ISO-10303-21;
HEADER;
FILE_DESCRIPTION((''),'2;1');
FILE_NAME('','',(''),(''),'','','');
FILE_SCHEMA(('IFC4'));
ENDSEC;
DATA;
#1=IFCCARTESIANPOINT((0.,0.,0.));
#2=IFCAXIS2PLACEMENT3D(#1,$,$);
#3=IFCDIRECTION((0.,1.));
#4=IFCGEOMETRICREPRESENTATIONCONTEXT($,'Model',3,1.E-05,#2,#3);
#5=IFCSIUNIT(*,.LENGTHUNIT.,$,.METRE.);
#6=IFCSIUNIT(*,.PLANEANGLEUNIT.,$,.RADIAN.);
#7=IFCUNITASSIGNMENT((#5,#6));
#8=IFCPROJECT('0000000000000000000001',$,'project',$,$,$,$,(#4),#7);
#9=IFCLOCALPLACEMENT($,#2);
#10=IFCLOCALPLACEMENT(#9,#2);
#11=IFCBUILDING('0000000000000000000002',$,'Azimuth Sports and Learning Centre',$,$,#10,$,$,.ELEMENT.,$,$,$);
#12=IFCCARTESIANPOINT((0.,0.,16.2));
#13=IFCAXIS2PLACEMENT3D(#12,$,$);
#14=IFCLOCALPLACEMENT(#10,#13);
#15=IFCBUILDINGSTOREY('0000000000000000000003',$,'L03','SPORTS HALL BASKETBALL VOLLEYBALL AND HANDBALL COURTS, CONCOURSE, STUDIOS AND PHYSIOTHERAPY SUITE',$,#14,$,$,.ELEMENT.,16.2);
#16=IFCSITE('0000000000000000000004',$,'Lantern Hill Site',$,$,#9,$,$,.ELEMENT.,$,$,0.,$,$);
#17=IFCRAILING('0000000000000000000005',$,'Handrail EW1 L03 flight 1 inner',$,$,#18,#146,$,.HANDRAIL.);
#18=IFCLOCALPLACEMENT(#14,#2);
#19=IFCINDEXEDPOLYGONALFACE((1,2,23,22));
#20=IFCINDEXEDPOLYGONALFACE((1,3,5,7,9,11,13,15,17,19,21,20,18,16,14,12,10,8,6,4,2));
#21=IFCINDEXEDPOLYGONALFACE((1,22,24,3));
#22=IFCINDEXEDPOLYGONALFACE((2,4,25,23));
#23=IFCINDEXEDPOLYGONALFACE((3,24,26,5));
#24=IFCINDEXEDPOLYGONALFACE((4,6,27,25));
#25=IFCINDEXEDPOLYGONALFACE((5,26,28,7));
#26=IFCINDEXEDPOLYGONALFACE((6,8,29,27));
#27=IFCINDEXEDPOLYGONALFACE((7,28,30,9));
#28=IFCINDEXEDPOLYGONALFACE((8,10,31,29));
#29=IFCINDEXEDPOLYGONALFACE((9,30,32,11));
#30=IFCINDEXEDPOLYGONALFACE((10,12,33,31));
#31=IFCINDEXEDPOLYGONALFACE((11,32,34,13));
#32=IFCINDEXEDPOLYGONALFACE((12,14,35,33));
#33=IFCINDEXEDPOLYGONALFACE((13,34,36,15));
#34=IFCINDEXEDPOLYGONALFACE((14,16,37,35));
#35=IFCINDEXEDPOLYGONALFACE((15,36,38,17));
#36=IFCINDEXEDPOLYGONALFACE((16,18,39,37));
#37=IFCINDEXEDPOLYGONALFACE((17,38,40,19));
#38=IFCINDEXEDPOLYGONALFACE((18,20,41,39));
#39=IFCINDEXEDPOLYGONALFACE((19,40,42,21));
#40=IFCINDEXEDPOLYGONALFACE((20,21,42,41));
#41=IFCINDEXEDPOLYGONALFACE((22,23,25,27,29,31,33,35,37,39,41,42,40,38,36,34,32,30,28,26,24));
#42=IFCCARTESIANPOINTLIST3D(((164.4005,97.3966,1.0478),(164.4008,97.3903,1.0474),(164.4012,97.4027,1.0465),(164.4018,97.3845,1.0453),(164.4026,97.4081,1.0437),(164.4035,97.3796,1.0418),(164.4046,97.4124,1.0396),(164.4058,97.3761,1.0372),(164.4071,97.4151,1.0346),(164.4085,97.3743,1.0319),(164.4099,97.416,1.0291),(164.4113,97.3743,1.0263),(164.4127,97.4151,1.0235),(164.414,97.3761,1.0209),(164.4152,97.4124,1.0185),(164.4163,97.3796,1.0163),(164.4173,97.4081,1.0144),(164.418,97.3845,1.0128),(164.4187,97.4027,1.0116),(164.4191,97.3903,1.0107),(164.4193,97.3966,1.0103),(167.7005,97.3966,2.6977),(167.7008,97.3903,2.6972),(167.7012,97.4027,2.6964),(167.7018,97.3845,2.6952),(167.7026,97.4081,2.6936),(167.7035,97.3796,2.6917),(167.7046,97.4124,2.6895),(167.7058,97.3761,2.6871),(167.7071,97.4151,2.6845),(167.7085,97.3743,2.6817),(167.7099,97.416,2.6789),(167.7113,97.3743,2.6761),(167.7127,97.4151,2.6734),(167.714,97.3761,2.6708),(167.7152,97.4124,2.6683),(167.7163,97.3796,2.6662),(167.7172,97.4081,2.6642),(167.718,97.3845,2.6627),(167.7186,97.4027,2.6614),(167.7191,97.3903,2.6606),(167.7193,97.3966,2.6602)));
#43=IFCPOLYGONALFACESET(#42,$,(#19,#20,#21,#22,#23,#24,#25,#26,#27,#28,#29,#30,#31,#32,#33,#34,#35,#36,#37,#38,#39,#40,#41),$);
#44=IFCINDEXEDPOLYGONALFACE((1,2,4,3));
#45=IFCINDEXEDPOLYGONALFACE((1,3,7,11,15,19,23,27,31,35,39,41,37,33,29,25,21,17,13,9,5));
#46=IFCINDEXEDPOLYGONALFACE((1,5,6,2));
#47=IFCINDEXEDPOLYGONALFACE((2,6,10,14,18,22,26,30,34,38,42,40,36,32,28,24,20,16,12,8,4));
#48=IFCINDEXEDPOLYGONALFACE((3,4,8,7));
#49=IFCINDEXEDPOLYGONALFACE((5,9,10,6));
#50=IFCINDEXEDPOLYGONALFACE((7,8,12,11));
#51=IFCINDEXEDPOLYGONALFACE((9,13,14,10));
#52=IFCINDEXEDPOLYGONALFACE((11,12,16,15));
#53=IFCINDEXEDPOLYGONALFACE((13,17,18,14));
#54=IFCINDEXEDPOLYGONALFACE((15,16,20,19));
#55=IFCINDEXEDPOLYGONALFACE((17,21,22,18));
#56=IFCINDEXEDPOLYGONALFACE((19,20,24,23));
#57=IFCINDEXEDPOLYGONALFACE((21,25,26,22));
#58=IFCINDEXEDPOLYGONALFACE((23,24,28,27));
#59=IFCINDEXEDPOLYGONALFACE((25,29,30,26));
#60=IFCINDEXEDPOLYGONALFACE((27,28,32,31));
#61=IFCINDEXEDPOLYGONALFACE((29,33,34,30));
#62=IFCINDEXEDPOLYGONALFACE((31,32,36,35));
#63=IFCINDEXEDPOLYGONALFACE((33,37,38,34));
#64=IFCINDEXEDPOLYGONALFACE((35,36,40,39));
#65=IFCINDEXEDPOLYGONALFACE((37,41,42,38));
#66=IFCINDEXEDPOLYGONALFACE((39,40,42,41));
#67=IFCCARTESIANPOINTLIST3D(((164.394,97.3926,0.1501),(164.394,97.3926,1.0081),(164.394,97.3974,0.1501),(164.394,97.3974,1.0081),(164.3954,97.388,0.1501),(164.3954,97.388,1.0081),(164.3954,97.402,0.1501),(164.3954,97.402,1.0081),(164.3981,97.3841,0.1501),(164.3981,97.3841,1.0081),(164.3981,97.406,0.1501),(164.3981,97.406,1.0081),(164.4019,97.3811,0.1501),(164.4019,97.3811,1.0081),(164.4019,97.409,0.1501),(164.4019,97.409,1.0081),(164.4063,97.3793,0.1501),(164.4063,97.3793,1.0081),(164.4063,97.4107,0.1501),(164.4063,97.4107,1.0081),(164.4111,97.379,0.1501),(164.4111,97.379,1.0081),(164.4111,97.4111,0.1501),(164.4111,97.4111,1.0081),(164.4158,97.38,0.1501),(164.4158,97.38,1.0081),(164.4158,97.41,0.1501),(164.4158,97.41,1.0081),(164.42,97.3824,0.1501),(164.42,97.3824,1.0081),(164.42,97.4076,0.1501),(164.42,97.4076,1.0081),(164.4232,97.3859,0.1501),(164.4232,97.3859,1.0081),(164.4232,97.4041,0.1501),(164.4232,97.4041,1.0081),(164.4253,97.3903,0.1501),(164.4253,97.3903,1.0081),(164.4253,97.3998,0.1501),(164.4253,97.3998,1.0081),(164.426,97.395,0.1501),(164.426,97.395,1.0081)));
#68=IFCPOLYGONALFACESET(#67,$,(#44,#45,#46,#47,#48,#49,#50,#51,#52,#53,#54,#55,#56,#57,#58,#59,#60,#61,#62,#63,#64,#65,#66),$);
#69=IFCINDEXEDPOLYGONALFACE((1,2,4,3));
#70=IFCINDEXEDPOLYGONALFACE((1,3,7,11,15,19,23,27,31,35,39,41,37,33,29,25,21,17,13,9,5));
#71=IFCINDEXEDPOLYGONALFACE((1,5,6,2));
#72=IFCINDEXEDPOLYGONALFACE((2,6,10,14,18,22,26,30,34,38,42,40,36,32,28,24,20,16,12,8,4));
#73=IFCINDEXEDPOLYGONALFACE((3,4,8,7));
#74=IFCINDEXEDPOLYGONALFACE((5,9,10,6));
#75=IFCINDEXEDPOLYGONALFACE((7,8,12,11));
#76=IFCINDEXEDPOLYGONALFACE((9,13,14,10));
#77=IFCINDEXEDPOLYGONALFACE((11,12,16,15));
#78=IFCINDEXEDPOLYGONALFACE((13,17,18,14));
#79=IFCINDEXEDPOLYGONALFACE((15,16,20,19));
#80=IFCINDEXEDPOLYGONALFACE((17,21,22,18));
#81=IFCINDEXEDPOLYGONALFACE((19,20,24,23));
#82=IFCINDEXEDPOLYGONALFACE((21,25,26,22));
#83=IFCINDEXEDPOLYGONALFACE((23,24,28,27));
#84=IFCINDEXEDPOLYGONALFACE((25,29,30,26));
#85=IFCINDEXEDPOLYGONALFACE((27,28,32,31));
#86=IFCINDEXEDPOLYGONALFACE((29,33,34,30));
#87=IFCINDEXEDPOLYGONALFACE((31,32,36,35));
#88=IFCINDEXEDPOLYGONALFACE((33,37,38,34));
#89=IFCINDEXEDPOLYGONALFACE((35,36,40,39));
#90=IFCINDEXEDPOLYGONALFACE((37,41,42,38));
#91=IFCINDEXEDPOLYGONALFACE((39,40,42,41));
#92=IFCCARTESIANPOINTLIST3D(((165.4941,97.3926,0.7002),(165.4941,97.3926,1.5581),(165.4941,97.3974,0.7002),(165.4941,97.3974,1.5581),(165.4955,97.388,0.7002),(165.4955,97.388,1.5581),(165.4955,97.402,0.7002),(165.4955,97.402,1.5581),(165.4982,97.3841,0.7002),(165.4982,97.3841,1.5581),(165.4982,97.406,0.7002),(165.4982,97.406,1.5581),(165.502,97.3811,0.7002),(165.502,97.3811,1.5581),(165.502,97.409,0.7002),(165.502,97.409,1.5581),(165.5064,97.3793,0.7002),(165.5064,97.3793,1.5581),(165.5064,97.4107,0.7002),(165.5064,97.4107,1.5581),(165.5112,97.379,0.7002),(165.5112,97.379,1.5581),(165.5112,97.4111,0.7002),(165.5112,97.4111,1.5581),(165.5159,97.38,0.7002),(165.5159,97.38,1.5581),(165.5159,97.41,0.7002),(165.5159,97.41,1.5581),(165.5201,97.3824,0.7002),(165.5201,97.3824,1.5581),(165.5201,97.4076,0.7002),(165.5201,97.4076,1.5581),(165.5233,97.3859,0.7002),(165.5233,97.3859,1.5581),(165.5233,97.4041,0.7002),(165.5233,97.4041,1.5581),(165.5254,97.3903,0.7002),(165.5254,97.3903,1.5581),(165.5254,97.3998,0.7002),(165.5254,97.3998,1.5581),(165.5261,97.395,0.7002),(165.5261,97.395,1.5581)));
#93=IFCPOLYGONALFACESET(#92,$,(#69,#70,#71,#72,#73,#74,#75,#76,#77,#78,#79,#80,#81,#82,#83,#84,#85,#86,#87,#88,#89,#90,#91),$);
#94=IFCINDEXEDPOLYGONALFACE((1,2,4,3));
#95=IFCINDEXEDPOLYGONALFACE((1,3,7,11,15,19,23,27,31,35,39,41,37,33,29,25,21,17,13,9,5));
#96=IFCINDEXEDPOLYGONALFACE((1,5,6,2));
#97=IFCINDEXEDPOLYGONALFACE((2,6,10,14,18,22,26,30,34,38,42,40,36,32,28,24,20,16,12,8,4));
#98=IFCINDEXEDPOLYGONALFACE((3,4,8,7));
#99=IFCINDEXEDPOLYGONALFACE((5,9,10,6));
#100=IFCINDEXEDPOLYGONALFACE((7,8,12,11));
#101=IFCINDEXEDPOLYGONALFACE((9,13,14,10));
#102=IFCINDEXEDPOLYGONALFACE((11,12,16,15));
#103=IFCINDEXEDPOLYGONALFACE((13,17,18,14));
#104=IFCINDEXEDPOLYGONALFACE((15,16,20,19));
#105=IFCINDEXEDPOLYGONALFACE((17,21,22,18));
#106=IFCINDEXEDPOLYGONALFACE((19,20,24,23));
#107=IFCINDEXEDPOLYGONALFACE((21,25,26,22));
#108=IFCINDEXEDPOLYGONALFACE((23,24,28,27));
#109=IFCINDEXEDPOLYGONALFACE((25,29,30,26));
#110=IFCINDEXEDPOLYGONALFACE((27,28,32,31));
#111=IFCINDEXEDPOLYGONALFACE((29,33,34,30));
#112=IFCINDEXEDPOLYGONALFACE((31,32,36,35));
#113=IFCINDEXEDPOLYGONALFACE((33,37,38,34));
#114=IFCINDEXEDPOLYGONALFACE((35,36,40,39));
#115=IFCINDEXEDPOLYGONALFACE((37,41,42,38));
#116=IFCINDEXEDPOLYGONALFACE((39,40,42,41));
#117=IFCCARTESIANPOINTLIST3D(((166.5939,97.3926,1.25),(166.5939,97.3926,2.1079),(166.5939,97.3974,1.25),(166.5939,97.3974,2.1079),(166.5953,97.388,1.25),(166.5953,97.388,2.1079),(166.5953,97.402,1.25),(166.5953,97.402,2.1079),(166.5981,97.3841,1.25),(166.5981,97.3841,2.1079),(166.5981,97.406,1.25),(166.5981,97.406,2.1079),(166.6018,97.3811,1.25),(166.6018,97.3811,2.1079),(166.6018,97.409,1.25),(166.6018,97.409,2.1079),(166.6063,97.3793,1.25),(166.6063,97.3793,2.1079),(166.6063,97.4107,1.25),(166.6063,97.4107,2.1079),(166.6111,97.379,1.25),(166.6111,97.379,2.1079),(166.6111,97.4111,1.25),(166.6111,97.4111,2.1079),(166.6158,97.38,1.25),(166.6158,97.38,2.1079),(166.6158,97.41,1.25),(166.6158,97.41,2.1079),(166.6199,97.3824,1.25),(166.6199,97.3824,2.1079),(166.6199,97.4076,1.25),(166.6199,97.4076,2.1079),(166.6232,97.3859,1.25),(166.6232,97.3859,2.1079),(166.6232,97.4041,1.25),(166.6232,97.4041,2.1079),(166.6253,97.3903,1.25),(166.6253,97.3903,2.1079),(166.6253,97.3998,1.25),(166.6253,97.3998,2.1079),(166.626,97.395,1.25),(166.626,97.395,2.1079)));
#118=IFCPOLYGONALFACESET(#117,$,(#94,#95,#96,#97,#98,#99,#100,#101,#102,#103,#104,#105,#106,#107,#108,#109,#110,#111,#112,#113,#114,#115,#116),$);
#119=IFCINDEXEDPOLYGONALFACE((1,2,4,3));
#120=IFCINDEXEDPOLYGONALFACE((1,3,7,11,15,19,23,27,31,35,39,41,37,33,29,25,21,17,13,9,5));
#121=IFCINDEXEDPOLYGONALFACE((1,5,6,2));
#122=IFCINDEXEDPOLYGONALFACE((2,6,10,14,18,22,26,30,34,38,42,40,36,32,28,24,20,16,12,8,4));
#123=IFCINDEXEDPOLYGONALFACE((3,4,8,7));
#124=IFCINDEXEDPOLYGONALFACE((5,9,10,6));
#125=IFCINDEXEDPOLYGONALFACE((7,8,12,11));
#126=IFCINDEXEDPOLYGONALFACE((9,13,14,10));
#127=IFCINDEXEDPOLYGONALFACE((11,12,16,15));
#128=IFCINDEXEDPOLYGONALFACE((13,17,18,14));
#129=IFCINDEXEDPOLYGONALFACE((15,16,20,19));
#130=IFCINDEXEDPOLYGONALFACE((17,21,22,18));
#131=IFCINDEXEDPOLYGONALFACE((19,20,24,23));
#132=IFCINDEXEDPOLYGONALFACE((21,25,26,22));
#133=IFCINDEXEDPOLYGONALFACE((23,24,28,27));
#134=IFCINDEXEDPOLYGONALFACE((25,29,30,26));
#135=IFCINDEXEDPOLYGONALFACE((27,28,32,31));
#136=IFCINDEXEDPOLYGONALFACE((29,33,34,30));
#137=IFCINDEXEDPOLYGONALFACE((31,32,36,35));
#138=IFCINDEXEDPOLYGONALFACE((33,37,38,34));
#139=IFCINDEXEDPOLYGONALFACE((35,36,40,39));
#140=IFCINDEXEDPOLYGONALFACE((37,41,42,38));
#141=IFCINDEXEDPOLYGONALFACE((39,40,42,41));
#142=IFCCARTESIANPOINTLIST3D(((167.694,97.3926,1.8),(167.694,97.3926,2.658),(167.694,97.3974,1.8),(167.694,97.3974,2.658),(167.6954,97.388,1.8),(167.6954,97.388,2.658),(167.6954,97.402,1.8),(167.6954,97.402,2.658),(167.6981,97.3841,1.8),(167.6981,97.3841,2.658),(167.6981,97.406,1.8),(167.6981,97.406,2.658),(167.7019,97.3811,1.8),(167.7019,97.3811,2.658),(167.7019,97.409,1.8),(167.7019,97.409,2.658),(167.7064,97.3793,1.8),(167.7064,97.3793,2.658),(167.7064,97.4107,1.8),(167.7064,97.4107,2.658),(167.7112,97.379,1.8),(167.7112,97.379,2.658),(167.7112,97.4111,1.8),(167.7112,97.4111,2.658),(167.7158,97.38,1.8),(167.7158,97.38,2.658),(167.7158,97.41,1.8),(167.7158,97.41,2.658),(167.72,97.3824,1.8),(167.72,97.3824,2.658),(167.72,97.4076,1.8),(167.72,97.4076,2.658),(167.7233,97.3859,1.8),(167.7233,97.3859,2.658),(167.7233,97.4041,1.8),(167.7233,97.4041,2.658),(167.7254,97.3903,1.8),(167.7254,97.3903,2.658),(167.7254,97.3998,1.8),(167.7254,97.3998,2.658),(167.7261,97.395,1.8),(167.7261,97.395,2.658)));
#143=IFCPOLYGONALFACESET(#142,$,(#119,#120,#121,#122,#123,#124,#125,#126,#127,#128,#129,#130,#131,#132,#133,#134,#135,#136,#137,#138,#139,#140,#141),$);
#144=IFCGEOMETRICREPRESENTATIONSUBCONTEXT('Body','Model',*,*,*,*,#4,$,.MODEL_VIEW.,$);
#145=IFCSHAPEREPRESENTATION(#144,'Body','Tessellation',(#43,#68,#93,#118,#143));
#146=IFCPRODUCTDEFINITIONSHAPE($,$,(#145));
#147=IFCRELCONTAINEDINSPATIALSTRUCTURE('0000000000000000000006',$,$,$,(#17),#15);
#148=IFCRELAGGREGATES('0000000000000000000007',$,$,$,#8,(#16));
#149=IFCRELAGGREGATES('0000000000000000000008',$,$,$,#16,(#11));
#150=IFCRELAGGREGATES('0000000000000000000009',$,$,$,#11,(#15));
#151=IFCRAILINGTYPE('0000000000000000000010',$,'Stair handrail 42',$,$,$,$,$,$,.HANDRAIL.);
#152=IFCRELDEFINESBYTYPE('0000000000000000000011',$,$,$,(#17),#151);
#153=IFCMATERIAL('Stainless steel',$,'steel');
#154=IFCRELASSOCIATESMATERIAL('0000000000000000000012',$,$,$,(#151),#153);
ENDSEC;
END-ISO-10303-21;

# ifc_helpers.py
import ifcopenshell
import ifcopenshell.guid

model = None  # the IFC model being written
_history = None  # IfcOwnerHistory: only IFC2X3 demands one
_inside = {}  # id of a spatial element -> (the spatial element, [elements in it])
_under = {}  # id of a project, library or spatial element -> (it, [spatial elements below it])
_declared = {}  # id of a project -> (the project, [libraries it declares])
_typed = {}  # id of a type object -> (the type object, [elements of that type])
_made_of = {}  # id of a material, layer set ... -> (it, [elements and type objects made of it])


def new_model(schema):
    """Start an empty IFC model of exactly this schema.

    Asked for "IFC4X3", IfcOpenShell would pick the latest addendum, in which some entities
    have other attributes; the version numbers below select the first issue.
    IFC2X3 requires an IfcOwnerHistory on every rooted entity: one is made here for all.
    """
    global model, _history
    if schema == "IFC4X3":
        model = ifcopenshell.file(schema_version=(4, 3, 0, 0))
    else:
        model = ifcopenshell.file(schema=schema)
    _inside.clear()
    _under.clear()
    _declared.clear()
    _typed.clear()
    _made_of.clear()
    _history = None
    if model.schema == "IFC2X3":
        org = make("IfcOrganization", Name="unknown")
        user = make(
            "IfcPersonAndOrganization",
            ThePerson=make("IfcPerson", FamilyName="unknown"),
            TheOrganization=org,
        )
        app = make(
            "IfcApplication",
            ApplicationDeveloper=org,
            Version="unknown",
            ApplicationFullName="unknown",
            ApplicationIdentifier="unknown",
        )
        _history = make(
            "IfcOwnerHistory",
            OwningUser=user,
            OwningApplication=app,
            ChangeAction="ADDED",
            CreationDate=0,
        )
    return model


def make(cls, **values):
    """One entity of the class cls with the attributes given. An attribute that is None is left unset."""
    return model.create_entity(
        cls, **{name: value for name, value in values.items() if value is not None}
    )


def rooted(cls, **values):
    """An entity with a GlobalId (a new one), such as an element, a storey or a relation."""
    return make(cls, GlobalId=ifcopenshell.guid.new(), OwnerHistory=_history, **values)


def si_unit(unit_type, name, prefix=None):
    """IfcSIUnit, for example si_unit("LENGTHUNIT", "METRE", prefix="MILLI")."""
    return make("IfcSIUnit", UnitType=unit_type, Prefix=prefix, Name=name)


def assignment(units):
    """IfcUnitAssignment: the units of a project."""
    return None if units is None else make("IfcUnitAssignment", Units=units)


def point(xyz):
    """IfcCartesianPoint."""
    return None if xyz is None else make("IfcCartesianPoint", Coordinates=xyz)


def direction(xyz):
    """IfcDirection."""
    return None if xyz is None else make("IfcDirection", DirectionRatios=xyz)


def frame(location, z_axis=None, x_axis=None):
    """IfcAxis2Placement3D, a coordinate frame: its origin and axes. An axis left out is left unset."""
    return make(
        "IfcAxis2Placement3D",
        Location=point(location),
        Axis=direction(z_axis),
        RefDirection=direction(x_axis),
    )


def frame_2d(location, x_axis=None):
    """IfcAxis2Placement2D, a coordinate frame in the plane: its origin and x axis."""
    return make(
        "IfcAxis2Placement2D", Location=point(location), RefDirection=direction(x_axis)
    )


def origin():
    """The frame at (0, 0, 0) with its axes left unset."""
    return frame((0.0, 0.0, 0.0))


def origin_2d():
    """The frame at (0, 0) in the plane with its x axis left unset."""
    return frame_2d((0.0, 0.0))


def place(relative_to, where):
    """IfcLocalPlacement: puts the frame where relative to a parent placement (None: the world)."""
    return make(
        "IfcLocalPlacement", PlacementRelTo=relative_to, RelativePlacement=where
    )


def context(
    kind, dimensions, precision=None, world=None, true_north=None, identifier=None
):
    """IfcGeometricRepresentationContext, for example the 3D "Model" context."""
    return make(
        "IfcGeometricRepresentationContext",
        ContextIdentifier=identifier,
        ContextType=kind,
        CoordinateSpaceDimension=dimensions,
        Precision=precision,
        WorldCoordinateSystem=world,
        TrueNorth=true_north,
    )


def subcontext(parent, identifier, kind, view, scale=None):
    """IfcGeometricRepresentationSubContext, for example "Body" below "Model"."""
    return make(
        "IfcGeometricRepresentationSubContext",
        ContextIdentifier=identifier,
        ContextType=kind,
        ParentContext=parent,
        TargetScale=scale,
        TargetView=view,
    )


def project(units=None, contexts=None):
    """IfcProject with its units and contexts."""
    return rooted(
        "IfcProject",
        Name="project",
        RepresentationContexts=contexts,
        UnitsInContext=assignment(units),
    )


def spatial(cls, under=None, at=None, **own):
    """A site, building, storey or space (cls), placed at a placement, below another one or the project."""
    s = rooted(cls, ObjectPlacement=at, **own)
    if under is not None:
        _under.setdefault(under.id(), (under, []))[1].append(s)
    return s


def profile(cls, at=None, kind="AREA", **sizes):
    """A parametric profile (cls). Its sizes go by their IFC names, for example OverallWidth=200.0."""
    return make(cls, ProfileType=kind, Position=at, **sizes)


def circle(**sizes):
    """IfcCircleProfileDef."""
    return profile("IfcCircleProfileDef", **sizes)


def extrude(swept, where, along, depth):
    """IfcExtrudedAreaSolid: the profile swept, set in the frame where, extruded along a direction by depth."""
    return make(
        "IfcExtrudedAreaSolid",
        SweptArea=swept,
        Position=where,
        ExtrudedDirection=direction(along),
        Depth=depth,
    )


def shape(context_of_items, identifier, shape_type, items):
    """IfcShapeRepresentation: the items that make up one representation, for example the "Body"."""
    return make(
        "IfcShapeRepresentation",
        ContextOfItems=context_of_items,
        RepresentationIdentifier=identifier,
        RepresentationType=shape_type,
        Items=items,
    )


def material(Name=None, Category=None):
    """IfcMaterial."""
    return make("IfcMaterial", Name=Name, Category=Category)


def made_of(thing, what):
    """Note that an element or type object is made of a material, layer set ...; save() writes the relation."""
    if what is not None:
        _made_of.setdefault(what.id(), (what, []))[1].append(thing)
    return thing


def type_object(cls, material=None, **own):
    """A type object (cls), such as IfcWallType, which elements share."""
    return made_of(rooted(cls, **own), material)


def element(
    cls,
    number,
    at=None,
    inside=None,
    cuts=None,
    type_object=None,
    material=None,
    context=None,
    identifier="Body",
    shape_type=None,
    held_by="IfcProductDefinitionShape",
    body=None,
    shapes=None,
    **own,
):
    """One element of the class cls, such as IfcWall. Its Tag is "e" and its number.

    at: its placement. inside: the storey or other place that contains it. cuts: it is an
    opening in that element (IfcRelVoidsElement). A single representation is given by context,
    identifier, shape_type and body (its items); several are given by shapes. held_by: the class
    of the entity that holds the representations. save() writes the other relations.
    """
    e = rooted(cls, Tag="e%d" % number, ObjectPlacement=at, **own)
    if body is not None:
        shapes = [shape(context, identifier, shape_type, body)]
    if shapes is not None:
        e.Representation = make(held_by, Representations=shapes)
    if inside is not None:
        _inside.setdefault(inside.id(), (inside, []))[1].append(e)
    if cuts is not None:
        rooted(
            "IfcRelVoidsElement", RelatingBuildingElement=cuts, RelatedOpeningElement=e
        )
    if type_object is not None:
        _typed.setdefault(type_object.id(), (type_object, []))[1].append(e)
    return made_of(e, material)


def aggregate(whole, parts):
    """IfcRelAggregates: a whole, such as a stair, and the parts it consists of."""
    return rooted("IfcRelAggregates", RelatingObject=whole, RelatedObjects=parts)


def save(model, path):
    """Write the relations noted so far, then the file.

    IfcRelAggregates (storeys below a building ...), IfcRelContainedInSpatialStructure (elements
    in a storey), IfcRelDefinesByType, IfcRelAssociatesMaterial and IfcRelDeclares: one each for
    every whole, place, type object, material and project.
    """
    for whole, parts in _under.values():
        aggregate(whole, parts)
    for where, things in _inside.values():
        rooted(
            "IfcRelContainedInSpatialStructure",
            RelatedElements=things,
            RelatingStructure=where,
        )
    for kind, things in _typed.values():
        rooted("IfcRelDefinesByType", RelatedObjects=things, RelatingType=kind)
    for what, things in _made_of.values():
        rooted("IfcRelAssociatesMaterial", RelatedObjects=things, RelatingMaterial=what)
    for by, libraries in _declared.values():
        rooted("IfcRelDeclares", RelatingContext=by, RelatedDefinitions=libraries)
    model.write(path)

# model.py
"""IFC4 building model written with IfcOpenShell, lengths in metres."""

from ifc_helpers import new_model, si_unit, direction, frame, origin, origin_2d, place, context, subcontext, project, spatial, circle, extrude, material, type_object, element, save


model = new_model("IFC4")

# Units and contexts
model_context = context("Model", 3, precision=1e-05, world=origin(), true_north=direction((0.0, 1.0)))
body_context = subcontext(model_context, "Body", "Model", "MODEL_VIEW")
ifc_project = project(units=[si_unit("LENGTHUNIT", "METRE"), si_unit("PLANEANGLEUNIT", "RADIAN")], contexts=[model_context])

# Site, building, storey
site_placement = place(None, origin())
site = spatial("IfcSite", under=ifc_project, at=site_placement, Name="Lantern Hill Site", CompositionType="ELEMENT", RefElevation=0.0)
building_placement = place(site_placement, origin())
building = spatial("IfcBuilding", under=site, at=building_placement, Name="Azimuth Sports and Learning Centre", CompositionType="ELEMENT")
storey_placement = place(building_placement, frame((0.0, 0.0, 16.2)))
storey = spatial("IfcBuildingStorey", under=building, at=storey_placement, Name="L03", Description="SPORTS HALL BASKETBALL VOLLEYBALL AND HANDBALL COURTS, CONCOURSE, STUDIOS AND PHYSIOTHERAPY SUITE", CompositionType="ELEMENT", Elevation=16.2)

# Railing
ifc_material_1 = material(Name="Stainless steel", Category="steel")
railing_type = type_object("IfcRailingType", Name="Stair handrail 42", PredefinedType="HANDRAIL", material=ifc_material_1)
for number, where, name in (
    (1, (164.4099, 97.395, 0.1501), "Handrail EW1 L03 flight 1 inner"),
):
    element("IfcRailing", number, at=place(storey_placement, frame(where)), inside=storey, type_object=railing_type, Name=name, PredefinedType="HANDRAIL", context=body_context, shape_type="SweptSolid", body=[
        extrude(circle(Radius=0.021, at=origin_2d()), frame((0.0, 0.0, 0.8789), z_axis=(0.89444, 0.0, 0.447187), x_axis=(0.0, 1.0, 0.0)), (0.0, 0.0, 1.0), 3.6895),
        extrude(circle(Radius=0.0161, at=origin_2d()), origin(), (0.0, 0.0, 1.0), 0.8579),
        extrude(circle(Radius=0.0161, at=origin_2d()), frame((1.1001, 0.0, 0.55)), (0.0, 0.0, 1.0), 0.8579),
        extrude(circle(Radius=0.0161, at=origin_2d()), frame((2.2, 0.0, 1.0999)), (0.0, 0.0, 1.0), 0.8579),
        extrude(circle(Radius=0.0161, at=origin_2d()), frame((3.3, 0.0, 1.6499)), (0.0, 0.0, 1.0), 0.8579),
    ])

save(model, "model.ifc")
